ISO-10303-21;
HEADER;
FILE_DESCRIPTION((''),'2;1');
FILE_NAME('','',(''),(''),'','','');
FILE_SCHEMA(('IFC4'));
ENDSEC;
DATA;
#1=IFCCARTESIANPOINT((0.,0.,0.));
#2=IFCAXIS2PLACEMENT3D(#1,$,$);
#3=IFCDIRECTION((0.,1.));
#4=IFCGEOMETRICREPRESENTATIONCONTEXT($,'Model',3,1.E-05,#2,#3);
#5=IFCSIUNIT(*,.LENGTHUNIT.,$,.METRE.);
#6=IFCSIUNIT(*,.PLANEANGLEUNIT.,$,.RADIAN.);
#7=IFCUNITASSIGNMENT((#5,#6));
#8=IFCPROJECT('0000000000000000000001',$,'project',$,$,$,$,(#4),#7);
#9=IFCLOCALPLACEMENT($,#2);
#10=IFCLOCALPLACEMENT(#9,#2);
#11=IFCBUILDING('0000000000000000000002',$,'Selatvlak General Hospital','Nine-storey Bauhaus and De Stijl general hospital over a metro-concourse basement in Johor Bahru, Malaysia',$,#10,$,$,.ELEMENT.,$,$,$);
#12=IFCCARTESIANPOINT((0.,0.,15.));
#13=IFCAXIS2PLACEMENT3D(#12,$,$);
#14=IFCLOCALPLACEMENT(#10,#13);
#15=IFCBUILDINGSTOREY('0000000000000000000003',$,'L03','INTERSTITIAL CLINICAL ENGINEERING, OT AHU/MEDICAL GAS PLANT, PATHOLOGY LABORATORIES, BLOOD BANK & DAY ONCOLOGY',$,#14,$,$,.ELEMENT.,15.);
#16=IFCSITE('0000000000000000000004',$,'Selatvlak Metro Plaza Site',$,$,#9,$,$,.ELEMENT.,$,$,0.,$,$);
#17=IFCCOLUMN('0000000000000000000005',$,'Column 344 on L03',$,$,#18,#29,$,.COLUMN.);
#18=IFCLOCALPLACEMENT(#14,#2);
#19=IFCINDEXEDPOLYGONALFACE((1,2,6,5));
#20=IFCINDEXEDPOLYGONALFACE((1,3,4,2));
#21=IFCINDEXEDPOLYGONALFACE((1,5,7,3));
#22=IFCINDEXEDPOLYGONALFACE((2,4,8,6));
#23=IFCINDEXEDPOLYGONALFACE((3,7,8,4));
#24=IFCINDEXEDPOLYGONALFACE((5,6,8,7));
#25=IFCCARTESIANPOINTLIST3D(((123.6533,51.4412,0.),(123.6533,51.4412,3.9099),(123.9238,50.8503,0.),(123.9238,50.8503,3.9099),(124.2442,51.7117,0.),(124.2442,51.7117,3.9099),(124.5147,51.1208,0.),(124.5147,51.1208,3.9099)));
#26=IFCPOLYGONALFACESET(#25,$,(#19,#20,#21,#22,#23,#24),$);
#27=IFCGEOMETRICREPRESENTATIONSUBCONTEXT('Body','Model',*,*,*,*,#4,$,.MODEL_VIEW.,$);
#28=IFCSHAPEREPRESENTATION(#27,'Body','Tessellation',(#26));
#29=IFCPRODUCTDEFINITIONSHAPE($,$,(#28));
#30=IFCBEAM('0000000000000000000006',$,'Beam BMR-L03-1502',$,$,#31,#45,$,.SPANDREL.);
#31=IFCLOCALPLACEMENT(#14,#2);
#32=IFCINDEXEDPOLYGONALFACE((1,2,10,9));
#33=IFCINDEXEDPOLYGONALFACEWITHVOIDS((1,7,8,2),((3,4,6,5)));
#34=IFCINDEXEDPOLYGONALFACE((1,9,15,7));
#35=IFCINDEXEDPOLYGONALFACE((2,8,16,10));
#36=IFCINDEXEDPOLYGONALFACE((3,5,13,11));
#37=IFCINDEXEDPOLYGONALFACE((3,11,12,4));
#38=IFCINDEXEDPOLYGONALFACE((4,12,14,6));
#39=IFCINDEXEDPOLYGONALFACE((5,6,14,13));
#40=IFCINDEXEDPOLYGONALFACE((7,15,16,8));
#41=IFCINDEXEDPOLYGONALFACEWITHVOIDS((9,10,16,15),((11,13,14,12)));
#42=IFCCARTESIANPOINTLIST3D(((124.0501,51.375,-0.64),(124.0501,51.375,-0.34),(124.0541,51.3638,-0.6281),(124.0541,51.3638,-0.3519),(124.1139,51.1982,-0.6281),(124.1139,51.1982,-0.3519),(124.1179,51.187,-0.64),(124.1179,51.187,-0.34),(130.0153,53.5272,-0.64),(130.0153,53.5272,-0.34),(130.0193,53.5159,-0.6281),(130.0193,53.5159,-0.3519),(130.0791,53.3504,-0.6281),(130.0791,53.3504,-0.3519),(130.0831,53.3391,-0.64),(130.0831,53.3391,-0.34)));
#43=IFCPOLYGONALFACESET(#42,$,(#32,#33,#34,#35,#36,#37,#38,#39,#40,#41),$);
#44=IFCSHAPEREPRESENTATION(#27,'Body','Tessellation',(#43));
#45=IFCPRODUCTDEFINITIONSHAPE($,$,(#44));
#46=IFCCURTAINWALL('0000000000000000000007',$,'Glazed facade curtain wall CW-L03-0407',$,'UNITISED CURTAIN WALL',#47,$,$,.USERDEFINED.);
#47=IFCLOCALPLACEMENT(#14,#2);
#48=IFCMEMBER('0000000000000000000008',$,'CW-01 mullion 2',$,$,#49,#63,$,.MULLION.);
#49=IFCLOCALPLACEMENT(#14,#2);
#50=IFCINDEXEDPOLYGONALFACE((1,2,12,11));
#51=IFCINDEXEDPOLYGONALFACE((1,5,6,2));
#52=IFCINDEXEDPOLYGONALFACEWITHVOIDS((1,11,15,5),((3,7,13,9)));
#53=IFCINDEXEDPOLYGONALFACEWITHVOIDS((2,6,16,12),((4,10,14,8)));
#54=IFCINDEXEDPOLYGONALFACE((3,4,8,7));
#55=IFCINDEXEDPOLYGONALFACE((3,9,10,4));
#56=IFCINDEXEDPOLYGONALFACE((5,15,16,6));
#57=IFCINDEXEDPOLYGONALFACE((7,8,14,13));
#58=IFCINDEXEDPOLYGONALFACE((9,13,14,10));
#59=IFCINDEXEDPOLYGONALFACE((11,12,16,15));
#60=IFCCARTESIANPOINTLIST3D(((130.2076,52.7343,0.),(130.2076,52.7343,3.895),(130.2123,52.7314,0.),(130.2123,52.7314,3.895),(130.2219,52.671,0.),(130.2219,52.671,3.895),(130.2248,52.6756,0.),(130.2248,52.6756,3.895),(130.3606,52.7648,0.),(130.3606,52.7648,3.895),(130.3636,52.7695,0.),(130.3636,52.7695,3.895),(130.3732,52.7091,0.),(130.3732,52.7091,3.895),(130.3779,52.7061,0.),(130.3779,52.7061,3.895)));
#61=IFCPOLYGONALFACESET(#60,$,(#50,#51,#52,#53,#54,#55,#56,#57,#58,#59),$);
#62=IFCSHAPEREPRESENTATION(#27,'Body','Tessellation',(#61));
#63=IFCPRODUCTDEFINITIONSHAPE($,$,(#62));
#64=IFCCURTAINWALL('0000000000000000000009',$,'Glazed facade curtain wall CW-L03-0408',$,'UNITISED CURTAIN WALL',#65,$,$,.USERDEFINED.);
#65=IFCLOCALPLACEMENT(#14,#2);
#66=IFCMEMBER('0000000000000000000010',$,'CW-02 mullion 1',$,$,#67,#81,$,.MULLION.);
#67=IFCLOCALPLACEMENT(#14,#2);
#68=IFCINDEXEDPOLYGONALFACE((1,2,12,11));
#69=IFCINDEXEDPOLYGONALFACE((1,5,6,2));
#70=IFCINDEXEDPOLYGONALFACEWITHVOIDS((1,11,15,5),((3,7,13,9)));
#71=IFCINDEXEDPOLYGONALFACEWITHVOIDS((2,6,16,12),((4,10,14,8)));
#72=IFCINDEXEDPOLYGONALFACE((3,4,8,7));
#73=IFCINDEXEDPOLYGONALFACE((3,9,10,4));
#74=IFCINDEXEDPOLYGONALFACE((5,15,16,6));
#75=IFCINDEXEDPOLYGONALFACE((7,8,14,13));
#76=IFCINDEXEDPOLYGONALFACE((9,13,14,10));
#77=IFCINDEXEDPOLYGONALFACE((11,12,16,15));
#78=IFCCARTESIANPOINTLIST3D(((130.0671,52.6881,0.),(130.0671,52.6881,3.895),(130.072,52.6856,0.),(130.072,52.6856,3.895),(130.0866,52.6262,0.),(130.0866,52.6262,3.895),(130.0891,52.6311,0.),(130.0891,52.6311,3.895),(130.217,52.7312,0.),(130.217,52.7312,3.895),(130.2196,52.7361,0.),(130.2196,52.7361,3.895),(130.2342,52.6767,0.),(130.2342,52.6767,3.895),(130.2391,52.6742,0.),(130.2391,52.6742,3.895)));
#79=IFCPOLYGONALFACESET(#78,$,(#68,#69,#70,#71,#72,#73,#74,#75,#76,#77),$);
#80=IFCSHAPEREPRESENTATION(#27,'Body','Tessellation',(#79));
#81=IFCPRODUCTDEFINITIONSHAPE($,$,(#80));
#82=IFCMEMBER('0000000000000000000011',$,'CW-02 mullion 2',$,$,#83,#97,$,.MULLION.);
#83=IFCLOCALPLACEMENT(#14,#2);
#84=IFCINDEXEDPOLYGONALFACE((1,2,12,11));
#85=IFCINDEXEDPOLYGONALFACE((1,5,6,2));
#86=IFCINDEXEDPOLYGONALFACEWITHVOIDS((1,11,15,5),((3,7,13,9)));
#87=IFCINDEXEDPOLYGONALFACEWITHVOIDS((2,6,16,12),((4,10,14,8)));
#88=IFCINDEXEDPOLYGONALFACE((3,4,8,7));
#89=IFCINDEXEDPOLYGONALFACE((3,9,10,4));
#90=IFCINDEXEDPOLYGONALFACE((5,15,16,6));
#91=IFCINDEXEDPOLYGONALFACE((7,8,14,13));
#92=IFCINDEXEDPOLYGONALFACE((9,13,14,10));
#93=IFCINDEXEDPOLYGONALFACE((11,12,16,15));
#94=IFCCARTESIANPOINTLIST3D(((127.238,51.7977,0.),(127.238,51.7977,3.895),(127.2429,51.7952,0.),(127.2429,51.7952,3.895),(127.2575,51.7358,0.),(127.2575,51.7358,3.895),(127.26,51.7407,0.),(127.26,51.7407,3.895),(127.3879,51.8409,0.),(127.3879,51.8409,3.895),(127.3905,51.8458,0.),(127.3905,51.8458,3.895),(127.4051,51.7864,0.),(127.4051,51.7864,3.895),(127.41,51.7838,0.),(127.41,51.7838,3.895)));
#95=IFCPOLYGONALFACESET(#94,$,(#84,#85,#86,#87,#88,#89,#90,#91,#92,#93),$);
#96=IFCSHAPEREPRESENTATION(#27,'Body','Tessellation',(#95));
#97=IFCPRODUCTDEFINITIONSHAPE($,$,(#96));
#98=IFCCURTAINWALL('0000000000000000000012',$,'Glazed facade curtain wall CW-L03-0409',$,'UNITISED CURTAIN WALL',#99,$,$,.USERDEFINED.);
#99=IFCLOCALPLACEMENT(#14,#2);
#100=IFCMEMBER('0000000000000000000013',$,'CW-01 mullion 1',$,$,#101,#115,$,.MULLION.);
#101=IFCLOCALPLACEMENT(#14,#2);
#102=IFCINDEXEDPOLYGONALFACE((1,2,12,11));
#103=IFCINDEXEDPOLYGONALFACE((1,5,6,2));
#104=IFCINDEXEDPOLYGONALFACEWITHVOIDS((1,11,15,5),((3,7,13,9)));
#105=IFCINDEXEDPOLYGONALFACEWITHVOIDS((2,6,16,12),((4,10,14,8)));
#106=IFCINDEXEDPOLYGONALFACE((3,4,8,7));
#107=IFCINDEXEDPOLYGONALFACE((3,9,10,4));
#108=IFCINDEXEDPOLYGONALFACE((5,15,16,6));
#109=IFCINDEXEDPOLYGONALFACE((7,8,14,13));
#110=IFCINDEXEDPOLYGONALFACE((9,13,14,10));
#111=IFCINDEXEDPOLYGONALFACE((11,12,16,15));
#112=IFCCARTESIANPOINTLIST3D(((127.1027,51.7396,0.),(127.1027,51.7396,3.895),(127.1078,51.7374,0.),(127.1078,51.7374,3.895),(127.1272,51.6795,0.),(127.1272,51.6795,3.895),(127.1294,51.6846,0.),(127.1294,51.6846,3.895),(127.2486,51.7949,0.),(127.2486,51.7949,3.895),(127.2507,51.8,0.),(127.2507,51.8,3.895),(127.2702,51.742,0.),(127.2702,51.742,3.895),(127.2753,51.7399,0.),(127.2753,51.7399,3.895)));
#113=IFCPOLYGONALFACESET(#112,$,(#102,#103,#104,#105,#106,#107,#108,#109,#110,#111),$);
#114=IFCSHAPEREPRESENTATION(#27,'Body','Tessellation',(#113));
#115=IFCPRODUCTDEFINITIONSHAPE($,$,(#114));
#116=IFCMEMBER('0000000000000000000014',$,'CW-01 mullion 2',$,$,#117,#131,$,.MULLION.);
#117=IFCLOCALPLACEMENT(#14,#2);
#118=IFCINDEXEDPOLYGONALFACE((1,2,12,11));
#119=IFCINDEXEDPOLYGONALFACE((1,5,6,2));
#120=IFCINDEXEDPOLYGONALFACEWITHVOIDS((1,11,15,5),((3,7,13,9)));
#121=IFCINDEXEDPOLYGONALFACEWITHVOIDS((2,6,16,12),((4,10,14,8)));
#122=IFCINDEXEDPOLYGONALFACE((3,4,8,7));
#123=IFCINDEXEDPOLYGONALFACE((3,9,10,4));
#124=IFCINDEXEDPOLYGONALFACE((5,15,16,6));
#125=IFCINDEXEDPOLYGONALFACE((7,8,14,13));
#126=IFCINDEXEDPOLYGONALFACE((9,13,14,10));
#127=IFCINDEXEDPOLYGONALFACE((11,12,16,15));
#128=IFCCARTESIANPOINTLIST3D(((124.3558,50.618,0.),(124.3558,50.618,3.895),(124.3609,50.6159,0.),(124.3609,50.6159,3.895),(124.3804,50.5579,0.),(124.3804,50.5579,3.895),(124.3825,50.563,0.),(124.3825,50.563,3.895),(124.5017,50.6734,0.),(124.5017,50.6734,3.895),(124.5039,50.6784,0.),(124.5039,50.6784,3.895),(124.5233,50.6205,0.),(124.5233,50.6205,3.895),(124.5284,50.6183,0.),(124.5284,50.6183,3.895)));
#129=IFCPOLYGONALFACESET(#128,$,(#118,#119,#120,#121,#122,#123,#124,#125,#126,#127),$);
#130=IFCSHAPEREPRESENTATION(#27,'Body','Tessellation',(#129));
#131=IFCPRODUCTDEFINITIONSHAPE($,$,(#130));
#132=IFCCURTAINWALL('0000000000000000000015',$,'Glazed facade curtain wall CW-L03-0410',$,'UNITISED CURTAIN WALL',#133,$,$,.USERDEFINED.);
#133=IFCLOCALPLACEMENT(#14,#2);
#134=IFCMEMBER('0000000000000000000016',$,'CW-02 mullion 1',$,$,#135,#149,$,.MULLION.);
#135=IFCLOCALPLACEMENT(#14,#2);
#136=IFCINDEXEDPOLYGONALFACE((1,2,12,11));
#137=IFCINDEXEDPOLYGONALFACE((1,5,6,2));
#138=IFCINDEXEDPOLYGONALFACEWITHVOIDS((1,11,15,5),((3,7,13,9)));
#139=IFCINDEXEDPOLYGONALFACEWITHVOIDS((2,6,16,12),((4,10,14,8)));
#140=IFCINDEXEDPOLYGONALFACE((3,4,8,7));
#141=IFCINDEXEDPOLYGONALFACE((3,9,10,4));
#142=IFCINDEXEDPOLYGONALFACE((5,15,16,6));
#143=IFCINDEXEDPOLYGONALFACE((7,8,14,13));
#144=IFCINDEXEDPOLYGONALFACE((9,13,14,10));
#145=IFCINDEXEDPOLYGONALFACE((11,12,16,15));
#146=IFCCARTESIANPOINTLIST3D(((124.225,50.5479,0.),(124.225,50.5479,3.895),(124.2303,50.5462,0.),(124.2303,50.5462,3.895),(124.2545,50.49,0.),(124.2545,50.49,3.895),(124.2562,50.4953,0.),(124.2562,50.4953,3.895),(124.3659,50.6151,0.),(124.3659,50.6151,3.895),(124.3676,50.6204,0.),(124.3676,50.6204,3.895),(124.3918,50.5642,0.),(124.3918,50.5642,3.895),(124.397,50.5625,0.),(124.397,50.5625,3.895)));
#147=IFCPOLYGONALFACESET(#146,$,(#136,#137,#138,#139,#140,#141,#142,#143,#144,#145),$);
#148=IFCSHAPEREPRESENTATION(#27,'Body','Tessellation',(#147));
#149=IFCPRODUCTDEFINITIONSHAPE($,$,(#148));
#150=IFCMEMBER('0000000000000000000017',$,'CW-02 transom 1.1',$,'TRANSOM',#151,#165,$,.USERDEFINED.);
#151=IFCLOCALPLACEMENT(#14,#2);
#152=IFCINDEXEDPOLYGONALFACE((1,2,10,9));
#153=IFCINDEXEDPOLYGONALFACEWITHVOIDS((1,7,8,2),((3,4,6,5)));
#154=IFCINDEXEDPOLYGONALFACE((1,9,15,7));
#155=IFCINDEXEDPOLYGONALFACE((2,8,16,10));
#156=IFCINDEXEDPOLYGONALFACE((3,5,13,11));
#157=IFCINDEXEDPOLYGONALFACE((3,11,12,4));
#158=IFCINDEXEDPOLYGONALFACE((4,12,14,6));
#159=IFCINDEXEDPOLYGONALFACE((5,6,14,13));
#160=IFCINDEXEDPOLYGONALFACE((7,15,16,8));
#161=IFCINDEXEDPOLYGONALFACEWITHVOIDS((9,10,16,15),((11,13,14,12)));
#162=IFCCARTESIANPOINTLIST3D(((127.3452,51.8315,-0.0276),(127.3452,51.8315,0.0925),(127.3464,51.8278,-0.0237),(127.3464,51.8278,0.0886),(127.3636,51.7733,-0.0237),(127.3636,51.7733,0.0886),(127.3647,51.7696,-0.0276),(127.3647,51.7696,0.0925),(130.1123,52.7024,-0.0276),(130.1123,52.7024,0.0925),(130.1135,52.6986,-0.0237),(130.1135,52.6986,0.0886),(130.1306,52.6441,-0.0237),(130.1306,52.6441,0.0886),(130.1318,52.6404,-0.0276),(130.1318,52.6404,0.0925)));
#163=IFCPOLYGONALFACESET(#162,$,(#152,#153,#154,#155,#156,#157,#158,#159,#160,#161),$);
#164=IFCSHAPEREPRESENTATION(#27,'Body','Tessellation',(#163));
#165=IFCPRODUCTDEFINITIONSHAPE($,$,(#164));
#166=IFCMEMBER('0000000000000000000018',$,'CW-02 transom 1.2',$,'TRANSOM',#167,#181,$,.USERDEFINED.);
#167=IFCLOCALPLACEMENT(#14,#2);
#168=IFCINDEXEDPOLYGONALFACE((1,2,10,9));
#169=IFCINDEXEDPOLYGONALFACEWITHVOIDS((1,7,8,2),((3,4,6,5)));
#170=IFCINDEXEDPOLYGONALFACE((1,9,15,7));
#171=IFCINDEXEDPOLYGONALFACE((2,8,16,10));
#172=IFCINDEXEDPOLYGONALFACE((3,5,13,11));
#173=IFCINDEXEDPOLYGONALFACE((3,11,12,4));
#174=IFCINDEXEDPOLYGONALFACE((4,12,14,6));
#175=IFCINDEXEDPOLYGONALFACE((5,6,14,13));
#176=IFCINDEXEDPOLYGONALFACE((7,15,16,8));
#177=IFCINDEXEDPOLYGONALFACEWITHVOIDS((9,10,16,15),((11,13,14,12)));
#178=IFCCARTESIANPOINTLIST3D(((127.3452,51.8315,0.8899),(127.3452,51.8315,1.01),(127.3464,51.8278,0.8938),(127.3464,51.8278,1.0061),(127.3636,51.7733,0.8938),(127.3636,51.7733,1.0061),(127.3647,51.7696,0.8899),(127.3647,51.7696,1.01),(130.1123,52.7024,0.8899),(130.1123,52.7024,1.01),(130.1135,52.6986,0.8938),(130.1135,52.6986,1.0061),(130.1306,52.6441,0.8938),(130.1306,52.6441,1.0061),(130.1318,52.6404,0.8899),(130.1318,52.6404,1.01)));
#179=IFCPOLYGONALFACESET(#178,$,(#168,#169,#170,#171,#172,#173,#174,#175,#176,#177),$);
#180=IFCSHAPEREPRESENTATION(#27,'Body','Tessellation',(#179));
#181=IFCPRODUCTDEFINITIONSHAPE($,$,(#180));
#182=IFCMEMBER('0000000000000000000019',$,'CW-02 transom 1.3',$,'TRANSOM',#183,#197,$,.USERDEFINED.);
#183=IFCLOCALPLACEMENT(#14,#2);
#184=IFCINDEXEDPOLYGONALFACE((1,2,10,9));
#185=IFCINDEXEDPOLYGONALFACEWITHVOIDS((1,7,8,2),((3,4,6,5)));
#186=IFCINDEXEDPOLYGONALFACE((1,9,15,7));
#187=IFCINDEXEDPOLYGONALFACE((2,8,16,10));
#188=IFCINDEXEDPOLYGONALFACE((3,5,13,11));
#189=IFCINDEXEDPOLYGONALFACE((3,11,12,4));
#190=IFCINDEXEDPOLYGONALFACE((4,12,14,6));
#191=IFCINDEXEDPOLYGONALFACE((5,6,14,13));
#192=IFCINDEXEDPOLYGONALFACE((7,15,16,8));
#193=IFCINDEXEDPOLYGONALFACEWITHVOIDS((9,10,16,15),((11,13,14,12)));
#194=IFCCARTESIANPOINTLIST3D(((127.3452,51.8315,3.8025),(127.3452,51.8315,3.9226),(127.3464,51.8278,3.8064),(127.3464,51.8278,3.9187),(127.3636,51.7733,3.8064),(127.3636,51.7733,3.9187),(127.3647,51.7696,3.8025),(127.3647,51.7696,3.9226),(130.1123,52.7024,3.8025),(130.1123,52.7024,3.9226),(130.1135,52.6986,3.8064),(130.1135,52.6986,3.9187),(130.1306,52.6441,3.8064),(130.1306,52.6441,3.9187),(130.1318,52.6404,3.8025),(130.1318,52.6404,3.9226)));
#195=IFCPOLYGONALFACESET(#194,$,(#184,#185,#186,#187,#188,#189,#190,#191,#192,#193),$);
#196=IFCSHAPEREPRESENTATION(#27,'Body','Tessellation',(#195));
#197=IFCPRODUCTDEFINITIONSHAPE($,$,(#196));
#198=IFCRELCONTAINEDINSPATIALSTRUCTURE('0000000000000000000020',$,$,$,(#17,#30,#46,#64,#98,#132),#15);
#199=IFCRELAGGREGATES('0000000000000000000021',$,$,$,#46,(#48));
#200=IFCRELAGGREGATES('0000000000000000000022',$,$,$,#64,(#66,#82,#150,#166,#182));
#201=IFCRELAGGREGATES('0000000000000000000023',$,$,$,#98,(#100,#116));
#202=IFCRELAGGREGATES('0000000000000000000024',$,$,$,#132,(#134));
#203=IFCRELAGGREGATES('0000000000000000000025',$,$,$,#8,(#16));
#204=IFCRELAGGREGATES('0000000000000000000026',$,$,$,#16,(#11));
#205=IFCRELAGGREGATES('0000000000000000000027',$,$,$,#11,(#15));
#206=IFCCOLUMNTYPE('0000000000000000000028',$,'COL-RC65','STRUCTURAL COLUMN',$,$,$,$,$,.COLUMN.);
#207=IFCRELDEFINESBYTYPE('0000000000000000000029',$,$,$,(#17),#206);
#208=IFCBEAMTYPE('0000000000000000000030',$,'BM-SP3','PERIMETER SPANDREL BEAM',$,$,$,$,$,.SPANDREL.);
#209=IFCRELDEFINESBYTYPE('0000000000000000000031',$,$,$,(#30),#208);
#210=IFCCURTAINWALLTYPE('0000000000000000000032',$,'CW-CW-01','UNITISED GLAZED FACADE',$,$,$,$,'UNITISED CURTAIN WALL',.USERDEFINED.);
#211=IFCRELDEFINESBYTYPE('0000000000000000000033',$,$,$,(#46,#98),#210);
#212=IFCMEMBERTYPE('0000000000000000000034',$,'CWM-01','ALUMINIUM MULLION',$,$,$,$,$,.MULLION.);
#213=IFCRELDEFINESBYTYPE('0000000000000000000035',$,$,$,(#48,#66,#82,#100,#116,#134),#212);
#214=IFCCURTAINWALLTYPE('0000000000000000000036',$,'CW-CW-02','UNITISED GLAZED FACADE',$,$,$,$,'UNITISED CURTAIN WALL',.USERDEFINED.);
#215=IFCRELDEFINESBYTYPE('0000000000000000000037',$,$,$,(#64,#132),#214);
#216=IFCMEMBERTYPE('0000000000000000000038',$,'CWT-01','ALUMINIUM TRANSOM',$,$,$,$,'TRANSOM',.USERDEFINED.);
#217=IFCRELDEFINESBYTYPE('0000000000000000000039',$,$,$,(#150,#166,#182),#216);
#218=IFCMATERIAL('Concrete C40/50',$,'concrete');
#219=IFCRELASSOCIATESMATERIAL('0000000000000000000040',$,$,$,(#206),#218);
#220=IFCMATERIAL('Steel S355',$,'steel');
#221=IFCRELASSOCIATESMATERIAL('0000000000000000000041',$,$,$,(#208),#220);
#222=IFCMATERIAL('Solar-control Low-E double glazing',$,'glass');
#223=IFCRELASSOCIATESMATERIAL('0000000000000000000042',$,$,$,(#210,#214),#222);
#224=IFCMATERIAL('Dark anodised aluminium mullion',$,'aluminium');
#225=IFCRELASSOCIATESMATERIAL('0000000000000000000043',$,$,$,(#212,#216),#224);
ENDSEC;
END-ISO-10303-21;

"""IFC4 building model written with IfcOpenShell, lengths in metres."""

from ifc_helpers import new_model, si_unit, direction, frame, origin, origin_2d, place, context, subcontext, project, spatial, rectangle, hollow_rectangle, extrude, material, material_profile, profile_set, type_object, element, aggregate, save


model = new_model("IFC4")

# Units and contexts
model_context = context("Model", 3, precision=1e-05, world=origin(), true_north=direction((0.0, 1.0)))
body_context = subcontext(model_context, "Body", "Model", "MODEL_VIEW")
ifc_project = project(units=[si_unit("LENGTHUNIT", "METRE"), si_unit("PLANEANGLEUNIT", "RADIAN")], contexts=[model_context])

# Site, building, storey
site_placement = place(None, origin())
site = spatial("IfcSite", under=ifc_project, at=site_placement, Name="Selatvlak Metro Plaza Site", CompositionType="ELEMENT", RefElevation=0.0)
building_placement = place(site_placement, origin())
building = spatial("IfcBuilding", under=site, at=building_placement, Name="Selatvlak General Hospital", Description="Nine-storey Bauhaus and De Stijl general hospital over a metro-concourse basement in Johor Bahru, Malaysia", CompositionType="ELEMENT")
storey_placement = place(building_placement, frame((0.0, 0.0, 15.0)))
storey = spatial("IfcBuildingStorey", under=building, at=storey_placement, Name="L03", Description="INTERSTITIAL CLINICAL ENGINEERING, OT AHU/MEDICAL GAS PLANT, PATHOLOGY LABORATORIES, BLOOD BANK & DAY ONCOLOGY", CompositionType="ELEMENT", Elevation=15.0)

# Column
ifc_material_1 = material(Name="Concrete C40/50", Category="concrete")
ifc_material_profile_1 = material_profile(ifc_material_1, rectangle(XDim=0.6499, YDim=0.6499, at=origin_2d()), Name="RC-COL 650x650")
ifc_profile_set_1 = profile_set([ifc_material_profile_1], Name="Concrete C40/50")
column_type = type_object("IfcColumnType", Name="COL-RC65", Description="STRUCTURAL COLUMN", PredefinedType="COLUMN", material=ifc_profile_set_1)
column_placement = place(storey_placement, frame((124.084, 51.281, 0.0), z_axis=(0.0, 0.0, 1.0), x_axis=(-0.416201, 0.909272, 0.0)))
element("IfcColumn", 1, at=column_placement, inside=storey, type_object=column_type, Name="Column 344 on L03", PredefinedType="COLUMN", context=body_context, shape_type="SweptSolid", body=[
    extrude(rectangle(XDim=0.6499, YDim=0.6499, at=origin_2d()), origin(), (0.0, 0.0, 1.0), 3.9099),
])

# Beam
ifc_material_2 = material(Name="Steel S355", Category="steel")
ifc_material_profile_2 = material_profile(ifc_material_2, hollow_rectangle(XDim=0.2, YDim=0.3, WallThickness=0.012, at=origin_2d()), Name="RHS 300x200x12")
ifc_profile_set_2 = profile_set([ifc_material_profile_2], Name="Steel S355")
beam_type = type_object("IfcBeamType", Name="BM-SP3", Description="PERIMETER SPANDREL BEAM", PredefinedType="SPANDREL", material=ifc_profile_set_2)
beam_placement = place(storey_placement, frame((124.084, 51.281, -0.49), z_axis=(0.940653, 0.339371, 0.0), x_axis=(-0.339371, 0.940653, 0.0)))
element("IfcBeam", 2, at=beam_placement, inside=storey, type_object=beam_type, Name="Beam BMR-L03-1502", PredefinedType="SPANDREL", context=body_context, shape_type="SweptSolid", body=[
    extrude(hollow_rectangle(XDim=0.2, YDim=0.3, WallThickness=0.012, at=origin_2d()), origin(), (0.0, 0.0, 1.0), 6.3416),
])

# Curtain wall, member
ifc_material_3 = material(Name="Solar-control Low-E double glazing", Category="glass")
curtain_wall_type_1 = type_object("IfcCurtainWallType", Name="CW-CW-01", Description="UNITISED GLAZED FACADE", ElementType="UNITISED CURTAIN WALL", PredefinedType="USERDEFINED", material=ifc_material_3)
curtain_wall_1_placement = place(storey_placement, origin())
curtain_wall_1 = element("IfcCurtainWall", 3, at=curtain_wall_1_placement, inside=storey, type_object=curtain_wall_type_1, Name="Glazed facade curtain wall CW-L03-0407", ObjectType="UNITISED CURTAIN WALL", PredefinedType="USERDEFINED")
ifc_material_4 = material(Name="Dark anodised aluminium mullion", Category="aluminium")
ifc_material_profile_3 = material_profile(ifc_material_4, hollow_rectangle(XDim=0.0649, YDim=0.1599, WallThickness=0.0039, at=origin_2d()), Name="AL-MUL 65x160x4")
ifc_profile_set_3 = profile_set([ifc_material_profile_3], Name="Dark anodised aluminium mullion")
member_type_1 = type_object("IfcMemberType", Name="CWM-01", Description="ALUMINIUM MULLION", PredefinedType="MULLION", material=ifc_profile_set_3)
member_1_placement = place(storey_placement, frame((130.2927, 52.7202, 0.0), z_axis=(0.0, 0.0, 1.0), x_axis=(0.219653, -0.975578, 0.0)))
member_1 = element("IfcMember", 4, at=member_1_placement, type_object=member_type_1, Name="CW-01 mullion 2", PredefinedType="MULLION", context=body_context, shape_type="SweptSolid", body=[
    extrude(hollow_rectangle(XDim=0.0649, YDim=0.1599, WallThickness=0.0039, at=origin_2d()), origin(), (0.0, 0.0, 1.0), 3.895),
])
aggregate(curtain_wall_1, [member_1])

# Curtain walls, members
curtain_wall_type_2 = type_object("IfcCurtainWallType", Name="CW-CW-02", Description="UNITISED GLAZED FACADE", ElementType="UNITISED CURTAIN WALL", PredefinedType="USERDEFINED", material=ifc_material_3)
curtain_wall_2_placement = place(storey_placement, origin())
curtain_wall_2 = element("IfcCurtainWall", 5, at=curtain_wall_2_placement, inside=storey, type_object=curtain_wall_type_2, Name="Glazed facade curtain wall CW-L03-0408", ObjectType="UNITISED CURTAIN WALL", PredefinedType="USERDEFINED")
member_2_placement = place(storey_placement, frame((130.1531, 52.6812, 0.0), z_axis=(0.0, 0.0, 1.0), x_axis=(0.300247, -0.953862, 0.0)))
member_2 = element("IfcMember", 6, at=member_2_placement, type_object=member_type_1, Name="CW-02 mullion 1", PredefinedType="MULLION", context=body_context, shape_type="SweptSolid", body=[
    extrude(hollow_rectangle(XDim=0.0649, YDim=0.1599, WallThickness=0.0039, at=origin_2d()), origin(), (0.0, 0.0, 1.0), 3.895),
])
member_3_placement = place(storey_placement, frame((127.324, 51.7908, 0.0), z_axis=(0.0, 0.0, 1.0), x_axis=(0.300247, -0.953862, 0.0)))
member_3 = element("IfcMember", 7, at=member_3_placement, type_object=member_type_1, Name="CW-02 mullion 2", PredefinedType="MULLION", context=body_context, shape_type="SweptSolid", body=[
    extrude(hollow_rectangle(XDim=0.0649, YDim=0.1599, WallThickness=0.0039, at=origin_2d()), origin(), (0.0, 0.0, 1.0), 3.895),
])
curtain_wall_3_placement = place(storey_placement, origin())
curtain_wall_3 = element("IfcCurtainWall", 8, at=curtain_wall_3_placement, inside=storey, type_object=curtain_wall_type_1, Name="Glazed facade curtain wall CW-L03-0409", ObjectType="UNITISED CURTAIN WALL", PredefinedType="USERDEFINED")
member_4_placement = place(storey_placement, frame((127.189, 51.7397, 0.0), z_axis=(0.0, 0.0, 1.0), x_axis=(0.377978, -0.925815, 0.0)))
member_4 = element("IfcMember", 9, at=member_4_placement, type_object=member_type_1, Name="CW-01 mullion 1", PredefinedType="MULLION", context=body_context, shape_type="SweptSolid", body=[
    extrude(hollow_rectangle(XDim=0.0649, YDim=0.1599, WallThickness=0.0039, at=origin_2d()), origin(), (0.0, 0.0, 1.0), 3.895),
])
member_5_placement = place(storey_placement, frame((124.4421, 50.6182, 0.0), z_axis=(0.0, 0.0, 1.0), x_axis=(0.377978, -0.925815, 0.0)))
member_5 = element("IfcMember", 10, at=member_5_placement, type_object=member_type_1, Name="CW-01 mullion 2", PredefinedType="MULLION", context=body_context, shape_type="SweptSolid", body=[
    extrude(hollow_rectangle(XDim=0.0649, YDim=0.1599, WallThickness=0.0039, at=origin_2d()), origin(), (0.0, 0.0, 1.0), 3.895),
])

# Curtain wall, member
curtain_wall_4_placement = place(storey_placement, origin())
curtain_wall_4 = element("IfcCurtainWall", 11, at=curtain_wall_4_placement, inside=storey, type_object=curtain_wall_type_2, Name="Glazed facade curtain wall CW-L03-0410", ObjectType="UNITISED CURTAIN WALL", PredefinedType="USERDEFINED")
member_6_placement = place(storey_placement, frame((124.311, 50.5552, 0.0), z_axis=(0.0, 0.0, 1.0), x_axis=(0.453136, -0.891442, 0.0)))
member_6 = element("IfcMember", 12, at=member_6_placement, type_object=member_type_1, Name="CW-02 mullion 1", PredefinedType="MULLION", context=body_context, shape_type="SweptSolid", body=[
    extrude(hollow_rectangle(XDim=0.0649, YDim=0.1599, WallThickness=0.0039, at=origin_2d()), origin(), (0.0, 0.0, 1.0), 3.895),
])

# Members
ifc_material_profile_4 = material_profile(ifc_material_4, hollow_rectangle(XDim=0.0649, YDim=0.1201, WallThickness=0.0039, at=origin_2d()), Name="AL-TRN 65x120x4")
ifc_profile_set_4 = profile_set([ifc_material_profile_4], Name="Dark anodised aluminium mullion")
member_type_2 = type_object("IfcMemberType", Name="CWT-01", Description="ALUMINIUM TRANSOM", ElementType="TRANSOM", PredefinedType="USERDEFINED", material=ifc_profile_set_4)
member_7_placement = place(storey_placement, frame((130.1221, 52.6714, 0.0325), z_axis=(-0.953876, -0.300201, 0.0), x_axis=(0.300201, -0.953876, 0.0)))
member_7 = element("IfcMember", 13, at=member_7_placement, type_object=member_type_2, Name="CW-02 transom 1.1", ObjectType="TRANSOM", PredefinedType="USERDEFINED", context=body_context, shape_type="SweptSolid", body=[
    extrude(hollow_rectangle(XDim=0.0649, YDim=0.1201, WallThickness=0.0039, at=origin_2d()), origin(), (0.0, 0.0, 1.0), 2.9009),
])
member_8_placement = place(storey_placement, frame((130.1221, 52.6714, 0.95), z_axis=(-0.953876, -0.300201, 0.0), x_axis=(0.300201, -0.953876, 0.0)))
member_8 = element("IfcMember", 14, at=member_8_placement, type_object=member_type_2, Name="CW-02 transom 1.2", ObjectType="TRANSOM", PredefinedType="USERDEFINED", context=body_context, shape_type="SweptSolid", body=[
    extrude(hollow_rectangle(XDim=0.0649, YDim=0.1201, WallThickness=0.0039, at=origin_2d()), origin(), (0.0, 0.0, 1.0), 2.9009),
])
member_9_placement = place(storey_placement, frame((130.1221, 52.6714, 3.8625), z_axis=(-0.953876, -0.300201, 0.0), x_axis=(0.300201, -0.953876, 0.0)))
member_9 = element("IfcMember", 15, at=member_9_placement, type_object=member_type_2, Name="CW-02 transom 1.3", ObjectType="TRANSOM", PredefinedType="USERDEFINED", context=body_context, shape_type="SweptSolid", body=[
    extrude(hollow_rectangle(XDim=0.0649, YDim=0.1201, WallThickness=0.0039, at=origin_2d()), origin(), (0.0, 0.0, 1.0), 2.9009),
])

aggregate(curtain_wall_2, [member_2, member_3, member_7, member_8, member_9])
aggregate(curtain_wall_3, [member_4, member_5])
aggregate(curtain_wall_4, [member_6])

save(model, "model.ifc")
